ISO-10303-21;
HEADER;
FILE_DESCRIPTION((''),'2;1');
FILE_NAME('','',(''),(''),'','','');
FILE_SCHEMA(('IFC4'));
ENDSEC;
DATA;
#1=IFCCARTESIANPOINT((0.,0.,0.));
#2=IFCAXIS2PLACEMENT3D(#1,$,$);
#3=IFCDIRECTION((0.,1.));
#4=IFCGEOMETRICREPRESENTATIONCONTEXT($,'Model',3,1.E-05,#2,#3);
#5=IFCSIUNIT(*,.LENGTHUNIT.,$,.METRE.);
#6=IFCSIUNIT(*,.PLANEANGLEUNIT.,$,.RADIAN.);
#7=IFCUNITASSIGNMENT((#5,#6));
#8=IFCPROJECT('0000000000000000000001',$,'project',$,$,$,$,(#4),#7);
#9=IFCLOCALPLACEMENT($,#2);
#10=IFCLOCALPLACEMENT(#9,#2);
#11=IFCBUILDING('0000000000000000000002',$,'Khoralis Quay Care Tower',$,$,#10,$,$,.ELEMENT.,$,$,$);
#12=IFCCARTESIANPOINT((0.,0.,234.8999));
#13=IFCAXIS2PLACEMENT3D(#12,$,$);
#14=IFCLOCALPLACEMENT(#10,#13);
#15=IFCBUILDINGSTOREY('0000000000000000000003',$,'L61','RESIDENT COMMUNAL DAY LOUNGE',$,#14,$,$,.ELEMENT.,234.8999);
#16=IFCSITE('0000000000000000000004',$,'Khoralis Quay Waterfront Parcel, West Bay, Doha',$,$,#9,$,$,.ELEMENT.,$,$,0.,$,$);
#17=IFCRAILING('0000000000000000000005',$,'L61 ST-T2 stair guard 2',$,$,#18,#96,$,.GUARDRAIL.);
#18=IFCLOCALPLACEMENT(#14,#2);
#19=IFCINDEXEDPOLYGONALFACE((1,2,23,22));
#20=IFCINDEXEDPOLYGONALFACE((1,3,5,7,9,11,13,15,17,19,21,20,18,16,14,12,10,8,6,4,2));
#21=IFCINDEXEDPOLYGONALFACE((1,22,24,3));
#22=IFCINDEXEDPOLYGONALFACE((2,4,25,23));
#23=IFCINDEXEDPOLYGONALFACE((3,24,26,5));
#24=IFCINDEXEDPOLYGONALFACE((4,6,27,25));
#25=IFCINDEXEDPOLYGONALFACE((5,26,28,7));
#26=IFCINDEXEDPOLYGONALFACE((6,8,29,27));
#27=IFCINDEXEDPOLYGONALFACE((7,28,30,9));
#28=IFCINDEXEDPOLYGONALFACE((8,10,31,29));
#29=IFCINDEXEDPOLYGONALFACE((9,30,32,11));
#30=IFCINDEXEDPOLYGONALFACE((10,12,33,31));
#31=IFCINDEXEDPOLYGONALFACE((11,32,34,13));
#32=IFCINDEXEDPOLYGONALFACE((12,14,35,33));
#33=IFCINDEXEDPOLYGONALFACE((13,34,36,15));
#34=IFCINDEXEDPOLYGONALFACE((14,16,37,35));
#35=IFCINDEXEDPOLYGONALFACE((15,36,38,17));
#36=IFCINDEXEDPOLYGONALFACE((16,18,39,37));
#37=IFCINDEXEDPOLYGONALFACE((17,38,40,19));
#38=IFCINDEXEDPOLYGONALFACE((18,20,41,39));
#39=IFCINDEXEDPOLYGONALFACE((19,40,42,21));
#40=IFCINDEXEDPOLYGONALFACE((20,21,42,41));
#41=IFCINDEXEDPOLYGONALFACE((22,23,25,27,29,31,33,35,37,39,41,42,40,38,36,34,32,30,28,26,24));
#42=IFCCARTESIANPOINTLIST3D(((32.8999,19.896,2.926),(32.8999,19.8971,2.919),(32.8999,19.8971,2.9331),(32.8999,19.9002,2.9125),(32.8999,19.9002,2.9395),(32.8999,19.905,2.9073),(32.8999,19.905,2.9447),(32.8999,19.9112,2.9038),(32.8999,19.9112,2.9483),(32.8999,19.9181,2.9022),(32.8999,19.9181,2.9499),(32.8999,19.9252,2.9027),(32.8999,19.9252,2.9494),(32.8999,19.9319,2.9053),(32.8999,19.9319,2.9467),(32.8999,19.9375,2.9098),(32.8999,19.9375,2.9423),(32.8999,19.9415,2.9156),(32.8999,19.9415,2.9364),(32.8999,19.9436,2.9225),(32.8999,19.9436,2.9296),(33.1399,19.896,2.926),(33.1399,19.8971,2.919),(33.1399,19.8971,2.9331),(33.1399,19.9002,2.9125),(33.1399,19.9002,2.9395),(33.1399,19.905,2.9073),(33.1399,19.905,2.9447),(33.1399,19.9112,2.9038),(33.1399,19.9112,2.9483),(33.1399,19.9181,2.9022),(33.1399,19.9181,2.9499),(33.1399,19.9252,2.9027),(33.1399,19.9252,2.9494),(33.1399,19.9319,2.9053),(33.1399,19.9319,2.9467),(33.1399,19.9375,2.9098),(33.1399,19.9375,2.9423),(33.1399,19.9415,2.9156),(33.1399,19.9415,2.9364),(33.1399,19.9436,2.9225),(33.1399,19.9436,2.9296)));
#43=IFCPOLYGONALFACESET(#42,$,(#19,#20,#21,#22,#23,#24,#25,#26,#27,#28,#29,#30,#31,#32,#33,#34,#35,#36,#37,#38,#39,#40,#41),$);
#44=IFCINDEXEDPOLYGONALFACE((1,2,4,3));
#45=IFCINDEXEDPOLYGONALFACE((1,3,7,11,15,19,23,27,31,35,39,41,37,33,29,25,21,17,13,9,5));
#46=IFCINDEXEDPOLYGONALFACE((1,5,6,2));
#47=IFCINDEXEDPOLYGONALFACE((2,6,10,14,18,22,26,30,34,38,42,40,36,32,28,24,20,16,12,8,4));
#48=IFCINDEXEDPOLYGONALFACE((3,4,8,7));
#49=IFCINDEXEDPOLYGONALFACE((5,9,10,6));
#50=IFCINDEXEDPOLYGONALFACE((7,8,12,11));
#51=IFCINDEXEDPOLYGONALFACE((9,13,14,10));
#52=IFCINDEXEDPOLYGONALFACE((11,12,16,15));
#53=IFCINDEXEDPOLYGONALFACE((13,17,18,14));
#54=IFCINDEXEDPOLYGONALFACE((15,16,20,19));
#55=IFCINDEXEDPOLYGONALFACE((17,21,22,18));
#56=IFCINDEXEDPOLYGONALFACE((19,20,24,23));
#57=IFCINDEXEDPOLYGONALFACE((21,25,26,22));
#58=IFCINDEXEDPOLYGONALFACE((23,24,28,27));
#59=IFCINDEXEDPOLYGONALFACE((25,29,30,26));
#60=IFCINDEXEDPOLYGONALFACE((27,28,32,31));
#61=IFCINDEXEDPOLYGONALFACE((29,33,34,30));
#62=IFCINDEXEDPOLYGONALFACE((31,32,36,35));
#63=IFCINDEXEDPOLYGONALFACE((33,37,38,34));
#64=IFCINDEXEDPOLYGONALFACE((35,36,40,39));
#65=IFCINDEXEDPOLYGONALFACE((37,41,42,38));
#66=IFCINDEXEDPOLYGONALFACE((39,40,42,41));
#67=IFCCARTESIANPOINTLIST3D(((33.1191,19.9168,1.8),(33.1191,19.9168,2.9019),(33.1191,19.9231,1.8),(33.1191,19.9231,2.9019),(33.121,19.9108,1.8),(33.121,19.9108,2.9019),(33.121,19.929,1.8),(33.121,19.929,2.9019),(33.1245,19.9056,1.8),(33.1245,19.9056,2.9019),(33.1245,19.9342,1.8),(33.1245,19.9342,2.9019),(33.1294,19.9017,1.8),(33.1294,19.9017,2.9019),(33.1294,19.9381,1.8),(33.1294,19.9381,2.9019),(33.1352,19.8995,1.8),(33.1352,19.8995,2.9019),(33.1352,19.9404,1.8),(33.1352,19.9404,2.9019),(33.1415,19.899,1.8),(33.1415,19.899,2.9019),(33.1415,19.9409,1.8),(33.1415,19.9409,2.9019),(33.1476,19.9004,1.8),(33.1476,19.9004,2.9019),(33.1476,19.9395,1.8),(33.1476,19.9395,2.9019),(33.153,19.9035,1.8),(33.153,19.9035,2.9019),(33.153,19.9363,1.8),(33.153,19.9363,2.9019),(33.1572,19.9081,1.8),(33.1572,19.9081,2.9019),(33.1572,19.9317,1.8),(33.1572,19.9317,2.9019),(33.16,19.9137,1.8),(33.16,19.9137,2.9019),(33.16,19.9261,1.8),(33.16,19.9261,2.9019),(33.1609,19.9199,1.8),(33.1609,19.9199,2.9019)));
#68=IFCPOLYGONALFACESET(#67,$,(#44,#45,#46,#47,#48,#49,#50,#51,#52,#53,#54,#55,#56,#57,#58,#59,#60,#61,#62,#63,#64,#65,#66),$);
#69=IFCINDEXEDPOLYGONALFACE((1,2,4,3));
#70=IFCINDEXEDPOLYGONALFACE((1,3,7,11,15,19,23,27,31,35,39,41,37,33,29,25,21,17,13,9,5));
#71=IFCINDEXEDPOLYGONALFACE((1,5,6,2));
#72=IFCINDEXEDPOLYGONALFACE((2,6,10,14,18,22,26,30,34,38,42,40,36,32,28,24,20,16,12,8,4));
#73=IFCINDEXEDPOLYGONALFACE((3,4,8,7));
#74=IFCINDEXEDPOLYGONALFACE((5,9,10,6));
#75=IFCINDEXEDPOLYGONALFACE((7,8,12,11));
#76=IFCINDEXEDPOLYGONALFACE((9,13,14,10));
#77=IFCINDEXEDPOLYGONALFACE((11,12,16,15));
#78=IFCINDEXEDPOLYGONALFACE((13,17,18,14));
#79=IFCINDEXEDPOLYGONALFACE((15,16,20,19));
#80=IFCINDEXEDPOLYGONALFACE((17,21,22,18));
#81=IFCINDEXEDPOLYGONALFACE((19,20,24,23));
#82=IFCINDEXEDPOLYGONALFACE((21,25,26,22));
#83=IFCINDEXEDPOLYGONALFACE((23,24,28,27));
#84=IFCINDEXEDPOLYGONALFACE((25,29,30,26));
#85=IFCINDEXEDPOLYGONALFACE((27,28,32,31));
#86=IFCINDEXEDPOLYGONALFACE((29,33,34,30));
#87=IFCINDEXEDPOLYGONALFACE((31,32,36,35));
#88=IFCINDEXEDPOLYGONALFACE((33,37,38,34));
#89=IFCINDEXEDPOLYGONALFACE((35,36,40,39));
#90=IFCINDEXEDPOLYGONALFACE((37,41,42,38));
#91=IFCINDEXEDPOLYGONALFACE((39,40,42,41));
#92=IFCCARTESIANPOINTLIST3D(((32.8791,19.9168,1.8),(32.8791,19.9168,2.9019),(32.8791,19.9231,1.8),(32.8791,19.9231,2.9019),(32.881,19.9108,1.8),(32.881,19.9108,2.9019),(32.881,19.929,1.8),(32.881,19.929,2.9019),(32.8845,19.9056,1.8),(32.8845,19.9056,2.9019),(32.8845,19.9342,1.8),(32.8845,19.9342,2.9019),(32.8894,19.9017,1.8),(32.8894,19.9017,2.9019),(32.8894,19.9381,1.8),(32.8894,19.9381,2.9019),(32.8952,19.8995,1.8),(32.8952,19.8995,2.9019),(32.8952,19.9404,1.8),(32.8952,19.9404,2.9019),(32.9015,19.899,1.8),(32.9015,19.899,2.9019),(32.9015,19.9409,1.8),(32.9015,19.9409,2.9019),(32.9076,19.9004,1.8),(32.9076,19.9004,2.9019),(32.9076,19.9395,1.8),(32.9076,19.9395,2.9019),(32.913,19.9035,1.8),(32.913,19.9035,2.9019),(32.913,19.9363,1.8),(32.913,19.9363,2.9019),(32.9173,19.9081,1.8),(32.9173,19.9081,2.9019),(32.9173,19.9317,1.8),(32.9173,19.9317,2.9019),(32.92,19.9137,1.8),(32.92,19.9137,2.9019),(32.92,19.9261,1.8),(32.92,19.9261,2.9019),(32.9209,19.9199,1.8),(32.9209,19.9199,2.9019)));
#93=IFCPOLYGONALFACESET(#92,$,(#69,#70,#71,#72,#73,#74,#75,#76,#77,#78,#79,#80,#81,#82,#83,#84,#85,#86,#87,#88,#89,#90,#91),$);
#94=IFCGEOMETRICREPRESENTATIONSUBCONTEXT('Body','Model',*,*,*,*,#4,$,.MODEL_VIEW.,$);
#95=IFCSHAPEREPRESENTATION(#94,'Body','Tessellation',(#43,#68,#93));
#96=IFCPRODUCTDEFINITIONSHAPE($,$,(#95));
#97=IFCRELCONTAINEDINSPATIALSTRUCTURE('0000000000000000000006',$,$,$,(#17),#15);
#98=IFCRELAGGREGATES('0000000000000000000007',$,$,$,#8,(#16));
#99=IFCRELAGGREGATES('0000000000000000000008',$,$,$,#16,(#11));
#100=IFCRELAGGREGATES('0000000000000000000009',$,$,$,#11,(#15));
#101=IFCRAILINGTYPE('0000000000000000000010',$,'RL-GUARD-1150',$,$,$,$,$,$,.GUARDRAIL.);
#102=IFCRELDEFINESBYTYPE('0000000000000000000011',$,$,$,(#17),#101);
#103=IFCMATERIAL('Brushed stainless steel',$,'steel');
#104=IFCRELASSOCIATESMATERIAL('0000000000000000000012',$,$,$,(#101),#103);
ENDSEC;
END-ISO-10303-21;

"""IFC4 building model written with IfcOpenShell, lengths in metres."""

from ifc_helpers import new_model, si_unit, direction, frame, origin, origin_2d, place, context, subcontext, project, spatial, circle, extrude, material, type_object, element, save


model = new_model("IFC4")

# Units and contexts
model_context = context("Model", 3, precision=1e-05, world=origin(), true_north=direction((0.0, 1.0)))
body_context = subcontext(model_context, "Body", "Model", "MODEL_VIEW")
ifc_project = project(units=[si_unit("LENGTHUNIT", "METRE"), si_unit("PLANEANGLEUNIT", "RADIAN")], contexts=[model_context])

# Site, building, storey
site_placement = place(None, origin())
site = spatial("IfcSite", under=ifc_project, at=site_placement, Name="Khoralis Quay Waterfront Parcel, West Bay, Doha", CompositionType="ELEMENT", RefElevation=0.0)
building_placement = place(site_placement, origin())
building = spatial("IfcBuilding", under=site, at=building_placement, Name="Khoralis Quay Care Tower", CompositionType="ELEMENT")
storey_placement = place(building_placement, frame((0.0, 0.0, 234.8999)))
storey = spatial("IfcBuildingStorey", under=building, at=storey_placement, Name="L61", Description="RESIDENT COMMUNAL DAY LOUNGE", CompositionType="ELEMENT", Elevation=234.8999)

# Railing
ifc_material_1 = material(Name="Brushed stainless steel", Category="steel")
railing_type_1 = type_object("IfcRailingType", Name="RL-GUARD-1150", PredefinedType="GUARDRAIL", material=ifc_material_1)
railing_1_placement = place(storey_placement, frame((33.1399, 19.9199, 1.8)))
element("IfcRailing", 1, at=railing_1_placement, inside=storey, type_object=railing_type_1, Name="L61 ST-T2 stair guard 2", PredefinedType="GUARDRAIL", context=body_context, shape_type="SweptSolid", body=[
    extrude(circle(Radius=0.0239, at=origin_2d()), frame((0.0, 0.0, 1.126), z_axis=(-1.0, 0.0, 0.0), x_axis=(0.0, -1.0, 0.0)), (0.0, 0.0, 1.0), 0.24),
    extrude(circle(Radius=0.021, at=origin_2d()), origin(), (0.0, 0.0, 1.0), 1.1018),
    extrude(circle(Radius=0.021, at=origin_2d()), frame((-0.24, 0.0, 0.0)), (0.0, 0.0, 1.0), 1.1018),
])

save(model, "model.ifc")
